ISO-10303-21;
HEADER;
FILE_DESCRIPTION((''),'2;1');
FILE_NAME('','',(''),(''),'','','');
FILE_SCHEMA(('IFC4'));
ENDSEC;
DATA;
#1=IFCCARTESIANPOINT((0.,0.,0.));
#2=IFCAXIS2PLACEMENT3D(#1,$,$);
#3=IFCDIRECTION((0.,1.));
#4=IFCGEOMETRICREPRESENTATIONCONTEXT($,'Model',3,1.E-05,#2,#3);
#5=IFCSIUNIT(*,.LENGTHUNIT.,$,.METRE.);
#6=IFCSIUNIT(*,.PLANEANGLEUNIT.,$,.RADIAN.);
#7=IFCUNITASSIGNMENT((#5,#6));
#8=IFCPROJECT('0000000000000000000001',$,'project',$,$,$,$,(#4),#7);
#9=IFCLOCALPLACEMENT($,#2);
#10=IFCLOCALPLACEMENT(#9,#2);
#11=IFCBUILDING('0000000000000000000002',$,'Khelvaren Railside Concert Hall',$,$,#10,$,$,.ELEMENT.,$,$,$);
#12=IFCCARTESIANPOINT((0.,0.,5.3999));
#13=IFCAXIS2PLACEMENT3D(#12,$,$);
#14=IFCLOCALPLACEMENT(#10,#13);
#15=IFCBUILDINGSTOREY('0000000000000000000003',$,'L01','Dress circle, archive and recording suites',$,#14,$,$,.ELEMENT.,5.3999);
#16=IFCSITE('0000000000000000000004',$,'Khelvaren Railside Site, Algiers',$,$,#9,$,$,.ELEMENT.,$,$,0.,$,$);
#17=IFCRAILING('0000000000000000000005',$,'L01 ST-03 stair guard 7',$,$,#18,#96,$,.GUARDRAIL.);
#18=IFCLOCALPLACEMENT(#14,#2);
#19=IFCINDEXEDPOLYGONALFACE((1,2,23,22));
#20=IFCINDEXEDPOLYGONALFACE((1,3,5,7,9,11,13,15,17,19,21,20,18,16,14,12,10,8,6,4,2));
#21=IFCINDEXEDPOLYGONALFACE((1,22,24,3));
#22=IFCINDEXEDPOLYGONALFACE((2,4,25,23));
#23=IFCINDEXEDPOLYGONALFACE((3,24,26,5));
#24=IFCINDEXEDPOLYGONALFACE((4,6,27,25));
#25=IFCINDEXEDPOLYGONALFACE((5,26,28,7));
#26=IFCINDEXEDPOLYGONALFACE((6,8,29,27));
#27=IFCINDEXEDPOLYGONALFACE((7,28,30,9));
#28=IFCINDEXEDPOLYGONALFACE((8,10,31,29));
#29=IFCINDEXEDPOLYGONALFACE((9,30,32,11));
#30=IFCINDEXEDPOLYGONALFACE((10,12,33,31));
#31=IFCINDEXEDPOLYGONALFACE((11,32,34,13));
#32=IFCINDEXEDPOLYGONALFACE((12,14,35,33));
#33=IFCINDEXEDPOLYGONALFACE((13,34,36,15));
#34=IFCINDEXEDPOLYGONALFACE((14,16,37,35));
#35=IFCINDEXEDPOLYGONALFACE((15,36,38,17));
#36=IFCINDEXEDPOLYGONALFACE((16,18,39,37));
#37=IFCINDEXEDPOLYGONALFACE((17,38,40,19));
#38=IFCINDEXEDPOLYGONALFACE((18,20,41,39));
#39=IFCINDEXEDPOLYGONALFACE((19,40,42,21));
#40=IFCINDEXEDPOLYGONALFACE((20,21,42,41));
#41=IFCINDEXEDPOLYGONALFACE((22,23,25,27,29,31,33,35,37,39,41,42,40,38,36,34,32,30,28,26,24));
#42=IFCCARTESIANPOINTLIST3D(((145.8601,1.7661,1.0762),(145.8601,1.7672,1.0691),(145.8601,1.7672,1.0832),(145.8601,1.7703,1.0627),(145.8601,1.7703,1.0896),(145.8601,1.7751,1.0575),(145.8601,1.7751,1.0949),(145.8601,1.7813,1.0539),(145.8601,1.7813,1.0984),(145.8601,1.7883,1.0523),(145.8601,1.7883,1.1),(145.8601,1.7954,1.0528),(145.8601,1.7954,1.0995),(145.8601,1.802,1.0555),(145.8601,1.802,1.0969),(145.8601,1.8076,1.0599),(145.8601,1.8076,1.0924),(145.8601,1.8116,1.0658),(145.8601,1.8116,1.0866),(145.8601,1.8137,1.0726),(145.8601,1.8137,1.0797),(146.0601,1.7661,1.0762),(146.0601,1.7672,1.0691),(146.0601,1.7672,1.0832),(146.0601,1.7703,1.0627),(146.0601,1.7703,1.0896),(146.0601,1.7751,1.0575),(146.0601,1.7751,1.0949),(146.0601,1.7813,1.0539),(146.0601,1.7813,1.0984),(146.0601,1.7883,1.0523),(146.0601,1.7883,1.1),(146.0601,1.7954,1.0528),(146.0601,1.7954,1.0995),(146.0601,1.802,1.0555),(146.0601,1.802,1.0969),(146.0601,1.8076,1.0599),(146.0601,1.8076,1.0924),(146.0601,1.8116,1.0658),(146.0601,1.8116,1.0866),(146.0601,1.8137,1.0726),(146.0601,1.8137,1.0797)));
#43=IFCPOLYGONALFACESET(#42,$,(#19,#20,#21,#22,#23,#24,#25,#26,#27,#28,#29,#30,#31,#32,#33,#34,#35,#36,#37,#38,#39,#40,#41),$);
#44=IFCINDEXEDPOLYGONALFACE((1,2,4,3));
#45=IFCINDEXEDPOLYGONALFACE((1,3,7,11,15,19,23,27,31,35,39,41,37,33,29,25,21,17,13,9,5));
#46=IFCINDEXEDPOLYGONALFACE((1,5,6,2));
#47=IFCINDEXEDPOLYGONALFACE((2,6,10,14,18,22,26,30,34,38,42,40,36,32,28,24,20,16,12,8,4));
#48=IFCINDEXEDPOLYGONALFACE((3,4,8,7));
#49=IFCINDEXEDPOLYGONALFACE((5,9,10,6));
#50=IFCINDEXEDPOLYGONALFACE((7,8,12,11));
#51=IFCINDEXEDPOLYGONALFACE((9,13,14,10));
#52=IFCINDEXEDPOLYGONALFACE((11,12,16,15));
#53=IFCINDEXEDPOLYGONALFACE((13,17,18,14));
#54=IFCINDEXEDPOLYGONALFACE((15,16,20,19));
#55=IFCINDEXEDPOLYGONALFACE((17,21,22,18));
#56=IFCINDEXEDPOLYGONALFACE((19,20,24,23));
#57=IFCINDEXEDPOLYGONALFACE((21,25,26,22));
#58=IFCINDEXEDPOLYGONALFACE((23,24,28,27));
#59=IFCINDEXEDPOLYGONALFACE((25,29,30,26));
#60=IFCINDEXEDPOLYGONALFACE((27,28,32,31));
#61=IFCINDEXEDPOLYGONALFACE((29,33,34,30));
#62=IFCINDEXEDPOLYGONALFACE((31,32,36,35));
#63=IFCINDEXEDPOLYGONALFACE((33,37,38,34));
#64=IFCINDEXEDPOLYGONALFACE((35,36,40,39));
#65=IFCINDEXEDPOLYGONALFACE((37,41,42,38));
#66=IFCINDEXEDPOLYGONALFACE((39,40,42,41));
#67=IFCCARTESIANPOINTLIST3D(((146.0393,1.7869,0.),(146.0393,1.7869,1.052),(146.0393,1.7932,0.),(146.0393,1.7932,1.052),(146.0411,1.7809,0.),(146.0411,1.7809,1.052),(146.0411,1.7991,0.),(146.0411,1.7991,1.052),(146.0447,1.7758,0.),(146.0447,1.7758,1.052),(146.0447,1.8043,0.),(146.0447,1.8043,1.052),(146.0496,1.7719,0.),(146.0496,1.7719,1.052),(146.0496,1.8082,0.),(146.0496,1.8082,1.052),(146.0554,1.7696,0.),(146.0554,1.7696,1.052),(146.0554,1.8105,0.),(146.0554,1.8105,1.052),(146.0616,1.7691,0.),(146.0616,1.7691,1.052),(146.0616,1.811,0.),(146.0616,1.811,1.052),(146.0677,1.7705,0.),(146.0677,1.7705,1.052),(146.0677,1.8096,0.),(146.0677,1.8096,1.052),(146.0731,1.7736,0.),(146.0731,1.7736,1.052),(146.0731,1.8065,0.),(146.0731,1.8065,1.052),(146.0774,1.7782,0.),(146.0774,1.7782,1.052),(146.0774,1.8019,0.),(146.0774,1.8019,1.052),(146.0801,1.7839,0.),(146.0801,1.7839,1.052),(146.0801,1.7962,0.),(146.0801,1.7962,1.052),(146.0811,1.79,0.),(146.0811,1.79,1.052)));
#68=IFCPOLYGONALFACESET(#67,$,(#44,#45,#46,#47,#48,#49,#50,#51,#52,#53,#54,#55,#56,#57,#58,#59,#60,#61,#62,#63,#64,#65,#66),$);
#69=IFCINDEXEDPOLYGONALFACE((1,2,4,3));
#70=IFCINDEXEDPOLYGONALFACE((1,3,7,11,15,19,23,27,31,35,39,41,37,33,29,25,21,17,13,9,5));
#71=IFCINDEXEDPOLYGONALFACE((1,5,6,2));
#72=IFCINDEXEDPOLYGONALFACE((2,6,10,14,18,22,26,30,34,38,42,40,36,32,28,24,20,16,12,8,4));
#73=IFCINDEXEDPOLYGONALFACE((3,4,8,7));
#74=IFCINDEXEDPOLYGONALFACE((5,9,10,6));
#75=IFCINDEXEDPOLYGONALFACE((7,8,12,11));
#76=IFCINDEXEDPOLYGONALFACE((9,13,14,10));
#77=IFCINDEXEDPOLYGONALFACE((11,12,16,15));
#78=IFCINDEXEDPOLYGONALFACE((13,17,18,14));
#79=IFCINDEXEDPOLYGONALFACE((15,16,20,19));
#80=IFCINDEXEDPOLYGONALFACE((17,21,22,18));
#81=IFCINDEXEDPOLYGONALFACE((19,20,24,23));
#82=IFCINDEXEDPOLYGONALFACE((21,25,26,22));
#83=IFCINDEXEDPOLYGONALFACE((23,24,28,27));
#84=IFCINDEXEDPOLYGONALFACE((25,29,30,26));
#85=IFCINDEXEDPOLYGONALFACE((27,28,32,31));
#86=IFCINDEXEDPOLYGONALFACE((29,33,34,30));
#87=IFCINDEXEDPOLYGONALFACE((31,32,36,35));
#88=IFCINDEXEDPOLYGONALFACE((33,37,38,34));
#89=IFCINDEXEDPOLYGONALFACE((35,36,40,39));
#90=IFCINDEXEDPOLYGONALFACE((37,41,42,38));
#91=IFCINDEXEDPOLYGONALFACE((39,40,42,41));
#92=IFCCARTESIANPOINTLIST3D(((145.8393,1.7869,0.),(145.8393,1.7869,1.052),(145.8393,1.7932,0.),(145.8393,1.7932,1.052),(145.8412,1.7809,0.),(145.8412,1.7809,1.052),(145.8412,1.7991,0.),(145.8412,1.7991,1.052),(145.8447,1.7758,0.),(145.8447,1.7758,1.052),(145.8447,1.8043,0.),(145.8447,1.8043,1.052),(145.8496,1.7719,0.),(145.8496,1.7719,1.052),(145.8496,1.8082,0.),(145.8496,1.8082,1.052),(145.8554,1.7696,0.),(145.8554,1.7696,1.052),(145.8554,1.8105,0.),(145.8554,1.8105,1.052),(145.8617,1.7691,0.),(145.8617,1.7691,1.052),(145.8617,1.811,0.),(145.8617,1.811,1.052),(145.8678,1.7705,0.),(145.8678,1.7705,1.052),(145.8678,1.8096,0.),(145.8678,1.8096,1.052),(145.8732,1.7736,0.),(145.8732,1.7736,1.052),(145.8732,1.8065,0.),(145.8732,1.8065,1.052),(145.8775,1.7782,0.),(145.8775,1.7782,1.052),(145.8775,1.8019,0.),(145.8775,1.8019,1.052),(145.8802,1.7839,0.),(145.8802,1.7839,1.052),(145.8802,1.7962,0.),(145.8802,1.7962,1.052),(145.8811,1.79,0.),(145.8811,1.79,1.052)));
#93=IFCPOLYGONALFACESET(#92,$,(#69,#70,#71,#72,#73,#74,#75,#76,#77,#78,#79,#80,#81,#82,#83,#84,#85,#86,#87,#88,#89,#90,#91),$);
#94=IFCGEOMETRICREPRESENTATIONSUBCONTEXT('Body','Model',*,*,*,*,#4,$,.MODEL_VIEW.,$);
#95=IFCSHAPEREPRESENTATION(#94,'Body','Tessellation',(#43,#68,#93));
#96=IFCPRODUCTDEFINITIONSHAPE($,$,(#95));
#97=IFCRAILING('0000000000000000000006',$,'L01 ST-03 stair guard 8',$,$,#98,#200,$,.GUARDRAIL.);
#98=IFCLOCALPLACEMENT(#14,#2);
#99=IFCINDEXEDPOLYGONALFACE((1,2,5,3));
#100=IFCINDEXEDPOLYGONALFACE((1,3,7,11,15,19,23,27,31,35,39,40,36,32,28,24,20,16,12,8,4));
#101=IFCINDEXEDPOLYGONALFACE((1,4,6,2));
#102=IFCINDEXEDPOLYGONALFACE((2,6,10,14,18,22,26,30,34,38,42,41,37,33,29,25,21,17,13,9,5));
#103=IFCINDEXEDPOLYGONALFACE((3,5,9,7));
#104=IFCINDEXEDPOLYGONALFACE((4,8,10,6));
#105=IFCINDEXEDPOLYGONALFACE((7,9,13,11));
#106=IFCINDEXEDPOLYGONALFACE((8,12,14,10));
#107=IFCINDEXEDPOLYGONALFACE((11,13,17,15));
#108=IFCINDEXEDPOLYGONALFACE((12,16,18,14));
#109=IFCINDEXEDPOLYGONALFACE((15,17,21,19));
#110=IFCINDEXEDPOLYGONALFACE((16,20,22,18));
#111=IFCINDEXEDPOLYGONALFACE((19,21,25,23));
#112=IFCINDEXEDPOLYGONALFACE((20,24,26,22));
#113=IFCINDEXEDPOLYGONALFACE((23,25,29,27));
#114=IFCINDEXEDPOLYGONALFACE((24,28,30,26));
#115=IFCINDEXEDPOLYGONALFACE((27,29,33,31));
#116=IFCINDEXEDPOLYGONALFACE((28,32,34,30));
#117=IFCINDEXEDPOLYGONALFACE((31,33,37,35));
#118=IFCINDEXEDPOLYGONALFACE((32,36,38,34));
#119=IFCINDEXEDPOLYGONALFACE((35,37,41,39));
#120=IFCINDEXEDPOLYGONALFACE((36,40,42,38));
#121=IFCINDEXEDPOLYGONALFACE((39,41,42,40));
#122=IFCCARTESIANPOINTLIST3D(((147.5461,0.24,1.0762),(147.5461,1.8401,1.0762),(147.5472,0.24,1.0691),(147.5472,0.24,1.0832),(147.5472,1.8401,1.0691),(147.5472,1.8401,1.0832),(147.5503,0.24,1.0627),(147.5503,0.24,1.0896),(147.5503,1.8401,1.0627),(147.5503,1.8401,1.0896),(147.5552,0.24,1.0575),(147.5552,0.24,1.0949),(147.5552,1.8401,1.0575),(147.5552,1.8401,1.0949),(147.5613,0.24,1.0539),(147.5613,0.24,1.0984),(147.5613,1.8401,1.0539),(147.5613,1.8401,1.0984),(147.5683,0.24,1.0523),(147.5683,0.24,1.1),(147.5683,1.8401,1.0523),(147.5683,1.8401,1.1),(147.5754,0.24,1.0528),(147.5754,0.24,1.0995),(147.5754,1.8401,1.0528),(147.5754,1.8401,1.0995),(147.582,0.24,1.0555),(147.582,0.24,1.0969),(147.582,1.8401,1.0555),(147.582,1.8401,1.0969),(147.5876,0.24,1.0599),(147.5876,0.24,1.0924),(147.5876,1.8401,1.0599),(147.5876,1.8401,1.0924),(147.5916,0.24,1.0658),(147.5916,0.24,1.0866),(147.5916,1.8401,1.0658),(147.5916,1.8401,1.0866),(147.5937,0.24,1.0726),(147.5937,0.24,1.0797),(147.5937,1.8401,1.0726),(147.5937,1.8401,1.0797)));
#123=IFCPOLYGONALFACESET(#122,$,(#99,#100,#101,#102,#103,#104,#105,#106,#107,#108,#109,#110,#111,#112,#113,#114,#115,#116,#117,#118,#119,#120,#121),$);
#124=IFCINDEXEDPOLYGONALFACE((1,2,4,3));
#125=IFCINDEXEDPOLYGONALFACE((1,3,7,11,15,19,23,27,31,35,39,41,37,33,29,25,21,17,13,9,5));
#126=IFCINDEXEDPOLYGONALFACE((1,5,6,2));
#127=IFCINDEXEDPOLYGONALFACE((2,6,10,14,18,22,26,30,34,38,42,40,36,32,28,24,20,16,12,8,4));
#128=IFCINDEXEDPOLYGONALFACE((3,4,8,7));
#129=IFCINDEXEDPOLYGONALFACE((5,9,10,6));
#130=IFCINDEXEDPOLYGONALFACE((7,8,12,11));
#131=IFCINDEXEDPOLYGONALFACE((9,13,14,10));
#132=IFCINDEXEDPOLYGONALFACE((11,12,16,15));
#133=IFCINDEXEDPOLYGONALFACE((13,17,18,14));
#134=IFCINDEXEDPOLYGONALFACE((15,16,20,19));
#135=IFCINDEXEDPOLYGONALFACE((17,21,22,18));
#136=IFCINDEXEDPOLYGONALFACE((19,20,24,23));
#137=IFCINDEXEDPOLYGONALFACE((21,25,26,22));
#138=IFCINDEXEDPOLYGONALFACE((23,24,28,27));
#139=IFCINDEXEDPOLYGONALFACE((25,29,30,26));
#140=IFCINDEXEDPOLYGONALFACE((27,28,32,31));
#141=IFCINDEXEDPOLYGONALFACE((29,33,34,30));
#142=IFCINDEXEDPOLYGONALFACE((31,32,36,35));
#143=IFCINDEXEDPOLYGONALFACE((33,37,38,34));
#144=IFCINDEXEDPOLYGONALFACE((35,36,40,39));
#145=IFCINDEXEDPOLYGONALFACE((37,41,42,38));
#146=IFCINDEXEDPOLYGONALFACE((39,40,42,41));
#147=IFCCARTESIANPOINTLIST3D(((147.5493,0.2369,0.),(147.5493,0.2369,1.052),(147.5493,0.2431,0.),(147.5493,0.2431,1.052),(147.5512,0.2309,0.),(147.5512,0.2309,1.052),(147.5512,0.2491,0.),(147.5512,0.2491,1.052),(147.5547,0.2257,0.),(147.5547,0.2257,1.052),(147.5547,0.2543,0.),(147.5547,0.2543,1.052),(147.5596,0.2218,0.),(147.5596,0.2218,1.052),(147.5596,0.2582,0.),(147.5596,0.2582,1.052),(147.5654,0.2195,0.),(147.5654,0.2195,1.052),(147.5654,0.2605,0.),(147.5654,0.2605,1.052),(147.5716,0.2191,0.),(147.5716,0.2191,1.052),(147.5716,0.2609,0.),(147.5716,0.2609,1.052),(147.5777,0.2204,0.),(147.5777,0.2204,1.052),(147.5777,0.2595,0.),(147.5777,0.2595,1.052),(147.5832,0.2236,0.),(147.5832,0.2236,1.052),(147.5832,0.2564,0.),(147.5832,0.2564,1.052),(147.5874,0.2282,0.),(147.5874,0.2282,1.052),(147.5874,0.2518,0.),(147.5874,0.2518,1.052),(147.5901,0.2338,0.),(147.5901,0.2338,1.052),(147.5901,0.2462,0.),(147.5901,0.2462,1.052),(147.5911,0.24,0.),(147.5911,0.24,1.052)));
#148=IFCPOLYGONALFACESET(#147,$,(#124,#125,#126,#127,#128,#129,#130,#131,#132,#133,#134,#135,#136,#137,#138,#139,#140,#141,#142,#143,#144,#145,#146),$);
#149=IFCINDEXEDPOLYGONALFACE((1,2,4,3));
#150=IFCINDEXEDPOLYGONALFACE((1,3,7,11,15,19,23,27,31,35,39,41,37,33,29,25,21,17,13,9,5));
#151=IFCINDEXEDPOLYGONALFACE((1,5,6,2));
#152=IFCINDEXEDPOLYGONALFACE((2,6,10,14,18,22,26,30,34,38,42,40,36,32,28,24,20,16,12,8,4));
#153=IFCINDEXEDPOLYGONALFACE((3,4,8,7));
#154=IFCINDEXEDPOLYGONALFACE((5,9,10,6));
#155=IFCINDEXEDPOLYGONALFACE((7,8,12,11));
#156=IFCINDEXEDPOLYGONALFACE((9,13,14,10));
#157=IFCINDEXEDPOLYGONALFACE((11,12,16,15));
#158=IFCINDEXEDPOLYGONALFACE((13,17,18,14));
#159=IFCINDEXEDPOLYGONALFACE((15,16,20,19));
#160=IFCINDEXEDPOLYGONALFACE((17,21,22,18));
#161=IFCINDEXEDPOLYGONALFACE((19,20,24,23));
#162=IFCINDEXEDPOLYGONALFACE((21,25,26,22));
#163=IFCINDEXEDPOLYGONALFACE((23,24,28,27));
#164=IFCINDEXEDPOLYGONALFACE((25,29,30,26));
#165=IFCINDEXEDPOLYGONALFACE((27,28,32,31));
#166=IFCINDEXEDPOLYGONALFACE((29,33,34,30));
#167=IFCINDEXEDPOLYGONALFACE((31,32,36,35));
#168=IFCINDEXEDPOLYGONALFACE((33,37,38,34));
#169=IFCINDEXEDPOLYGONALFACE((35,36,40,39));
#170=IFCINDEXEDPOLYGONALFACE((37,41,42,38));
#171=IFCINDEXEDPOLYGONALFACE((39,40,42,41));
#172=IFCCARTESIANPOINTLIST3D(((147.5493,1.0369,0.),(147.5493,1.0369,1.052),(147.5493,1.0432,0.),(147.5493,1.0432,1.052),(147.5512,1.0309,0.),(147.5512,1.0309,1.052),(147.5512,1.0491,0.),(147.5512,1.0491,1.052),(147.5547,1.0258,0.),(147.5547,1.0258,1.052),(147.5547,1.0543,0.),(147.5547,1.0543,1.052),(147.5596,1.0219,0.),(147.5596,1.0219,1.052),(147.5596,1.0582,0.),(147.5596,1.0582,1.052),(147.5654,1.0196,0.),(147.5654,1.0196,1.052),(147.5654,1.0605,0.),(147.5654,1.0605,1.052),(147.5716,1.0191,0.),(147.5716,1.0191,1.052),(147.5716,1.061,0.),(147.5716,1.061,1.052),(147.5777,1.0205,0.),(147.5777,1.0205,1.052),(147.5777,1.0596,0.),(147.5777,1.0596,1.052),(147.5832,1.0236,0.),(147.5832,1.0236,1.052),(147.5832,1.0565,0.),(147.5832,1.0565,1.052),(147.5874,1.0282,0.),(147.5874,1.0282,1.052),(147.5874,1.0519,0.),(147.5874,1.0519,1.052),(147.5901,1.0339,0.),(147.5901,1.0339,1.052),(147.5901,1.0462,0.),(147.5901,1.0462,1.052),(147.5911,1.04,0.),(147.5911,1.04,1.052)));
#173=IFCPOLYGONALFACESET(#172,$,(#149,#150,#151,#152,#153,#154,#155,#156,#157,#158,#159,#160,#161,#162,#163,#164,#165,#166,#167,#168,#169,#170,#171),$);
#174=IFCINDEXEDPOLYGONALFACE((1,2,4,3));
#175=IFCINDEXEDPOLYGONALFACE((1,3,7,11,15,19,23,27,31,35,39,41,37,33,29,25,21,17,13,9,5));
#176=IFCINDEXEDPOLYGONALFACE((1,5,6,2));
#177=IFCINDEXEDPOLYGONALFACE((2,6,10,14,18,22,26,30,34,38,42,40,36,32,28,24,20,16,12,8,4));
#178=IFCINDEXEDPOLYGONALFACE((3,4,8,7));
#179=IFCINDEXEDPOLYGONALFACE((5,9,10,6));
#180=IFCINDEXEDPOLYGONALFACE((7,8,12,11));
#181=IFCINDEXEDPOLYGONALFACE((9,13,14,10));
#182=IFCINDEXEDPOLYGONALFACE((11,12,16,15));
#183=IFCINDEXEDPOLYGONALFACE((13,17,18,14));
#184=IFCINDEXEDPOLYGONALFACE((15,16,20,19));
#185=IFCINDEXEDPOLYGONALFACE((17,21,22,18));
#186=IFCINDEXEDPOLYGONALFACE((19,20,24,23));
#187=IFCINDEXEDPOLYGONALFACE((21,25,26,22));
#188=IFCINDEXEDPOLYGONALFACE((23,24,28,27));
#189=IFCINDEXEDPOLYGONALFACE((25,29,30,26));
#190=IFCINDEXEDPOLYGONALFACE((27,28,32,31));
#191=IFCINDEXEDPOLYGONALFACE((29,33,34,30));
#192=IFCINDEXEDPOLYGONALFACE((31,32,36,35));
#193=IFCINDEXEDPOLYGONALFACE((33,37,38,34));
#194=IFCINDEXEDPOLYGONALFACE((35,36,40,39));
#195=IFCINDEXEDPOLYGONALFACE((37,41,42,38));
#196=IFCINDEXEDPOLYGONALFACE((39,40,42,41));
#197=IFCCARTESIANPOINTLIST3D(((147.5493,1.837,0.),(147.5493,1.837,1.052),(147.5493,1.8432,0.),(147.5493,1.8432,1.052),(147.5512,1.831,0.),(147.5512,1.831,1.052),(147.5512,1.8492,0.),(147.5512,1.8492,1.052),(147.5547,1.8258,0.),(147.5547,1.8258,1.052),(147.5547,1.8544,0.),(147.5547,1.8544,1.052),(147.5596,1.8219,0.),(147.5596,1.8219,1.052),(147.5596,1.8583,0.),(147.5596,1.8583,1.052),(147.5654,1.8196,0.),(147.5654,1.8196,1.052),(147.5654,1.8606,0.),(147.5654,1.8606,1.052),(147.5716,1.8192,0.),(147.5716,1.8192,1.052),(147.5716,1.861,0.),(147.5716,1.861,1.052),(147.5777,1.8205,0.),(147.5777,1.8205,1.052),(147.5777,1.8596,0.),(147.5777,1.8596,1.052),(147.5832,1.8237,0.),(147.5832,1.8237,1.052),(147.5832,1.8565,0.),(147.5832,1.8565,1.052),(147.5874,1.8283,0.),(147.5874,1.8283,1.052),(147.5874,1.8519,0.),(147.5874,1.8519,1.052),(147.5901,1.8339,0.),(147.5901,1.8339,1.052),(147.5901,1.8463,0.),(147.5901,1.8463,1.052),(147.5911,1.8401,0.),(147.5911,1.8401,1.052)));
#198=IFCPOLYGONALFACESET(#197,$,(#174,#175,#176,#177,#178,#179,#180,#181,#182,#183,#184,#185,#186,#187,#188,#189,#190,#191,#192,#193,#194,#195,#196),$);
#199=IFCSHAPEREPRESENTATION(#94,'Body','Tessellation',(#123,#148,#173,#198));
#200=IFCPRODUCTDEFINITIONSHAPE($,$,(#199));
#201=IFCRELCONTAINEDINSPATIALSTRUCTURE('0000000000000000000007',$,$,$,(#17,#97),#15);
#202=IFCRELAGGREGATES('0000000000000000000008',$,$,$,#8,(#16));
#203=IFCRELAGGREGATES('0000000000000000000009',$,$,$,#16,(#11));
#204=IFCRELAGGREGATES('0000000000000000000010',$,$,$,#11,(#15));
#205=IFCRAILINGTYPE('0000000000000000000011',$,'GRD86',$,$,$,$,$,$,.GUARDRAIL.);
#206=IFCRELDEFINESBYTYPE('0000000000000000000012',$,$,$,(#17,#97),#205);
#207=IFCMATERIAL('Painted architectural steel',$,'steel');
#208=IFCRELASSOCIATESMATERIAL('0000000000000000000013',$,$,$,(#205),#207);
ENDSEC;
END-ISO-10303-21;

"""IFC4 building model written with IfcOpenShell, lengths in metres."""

from ifc_helpers import new_model, si_unit, direction, frame, origin, origin_2d, place, context, subcontext, project, spatial, circle, extrude, material, type_object, element, save


model = new_model("IFC4")

# Units and contexts
model_context = context("Model", 3, precision=1e-05, world=origin(), true_north=direction((0.0, 1.0)))
body_context = subcontext(model_context, "Body", "Model", "MODEL_VIEW")
ifc_project = project(units=[si_unit("LENGTHUNIT", "METRE"), si_unit("PLANEANGLEUNIT", "RADIAN")], contexts=[model_context])

# Site, building, storey
site_placement = place(None, origin())
site = spatial("IfcSite", under=ifc_project, at=site_placement, Name="Khelvaren Railside Site, Algiers", CompositionType="ELEMENT", RefElevation=0.0)
building_placement = place(site_placement, origin())
building = spatial("IfcBuilding", under=site, at=building_placement, Name="Khelvaren Railside Concert Hall", CompositionType="ELEMENT")
storey_placement = place(building_placement, frame((0.0, 0.0, 5.3999)))
storey = spatial("IfcBuildingStorey", under=building, at=storey_placement, Name="L01", Description="Dress circle, archive and recording suites", CompositionType="ELEMENT", Elevation=5.3999)

# Railings
ifc_material_1 = material(Name="Painted architectural steel", Category="steel")
railing_type_1 = type_object("IfcRailingType", Name="GRD86", PredefinedType="GUARDRAIL", material=ifc_material_1)
railing_1_placement = place(storey_placement, frame((146.0601, 1.79, 0.0)))
element("IfcRailing", 1, at=railing_1_placement, inside=storey, type_object=railing_type_1, Name="L01 ST-03 stair guard 7", PredefinedType="GUARDRAIL", context=body_context, shape_type="SweptSolid", body=[
    extrude(circle(Radius=0.0239, at=origin_2d()), frame((0.0, 0.0, 1.0762), z_axis=(-1.0, 0.0, 0.0), x_axis=(0.0, -1.0, 0.0)), (0.0, 0.0, 1.0), 0.2),
    extrude(circle(Radius=0.021, at=origin_2d()), origin(), (0.0, 0.0, 1.0), 1.052),
    extrude(circle(Radius=0.021, at=origin_2d()), frame((-0.2, 0.0, 0.0)), (0.0, 0.0, 1.0), 1.052),
])
for number, where, name in (
    (2, (147.5701, 0.24, 0.0), "L01 ST-03 stair guard 8"),
):
    element("IfcRailing", number, at=place(storey_placement, frame(where)), inside=storey, type_object=railing_type_1, Name=name, PredefinedType="GUARDRAIL", context=body_context, shape_type="SweptSolid", body=[
        extrude(circle(Radius=0.0239, at=origin_2d()), frame((0.0, 0.0, 1.0762), z_axis=(0.0, 1.0, 0.0), x_axis=(-1.0, 0.0, 0.0)), (0.0, 0.0, 1.0), 1.6001),
        extrude(circle(Radius=0.021, at=origin_2d()), origin(), (0.0, 0.0, 1.0), 1.052),
        extrude(circle(Radius=0.021, at=origin_2d()), frame((0.0, 0.8, 0.0)), (0.0, 0.0, 1.0), 1.052),
        extrude(circle(Radius=0.021, at=origin_2d()), frame((0.0, 1.6001, 0.0)), (0.0, 0.0, 1.0), 1.052),
    ])

save(model, "model.ifc")
